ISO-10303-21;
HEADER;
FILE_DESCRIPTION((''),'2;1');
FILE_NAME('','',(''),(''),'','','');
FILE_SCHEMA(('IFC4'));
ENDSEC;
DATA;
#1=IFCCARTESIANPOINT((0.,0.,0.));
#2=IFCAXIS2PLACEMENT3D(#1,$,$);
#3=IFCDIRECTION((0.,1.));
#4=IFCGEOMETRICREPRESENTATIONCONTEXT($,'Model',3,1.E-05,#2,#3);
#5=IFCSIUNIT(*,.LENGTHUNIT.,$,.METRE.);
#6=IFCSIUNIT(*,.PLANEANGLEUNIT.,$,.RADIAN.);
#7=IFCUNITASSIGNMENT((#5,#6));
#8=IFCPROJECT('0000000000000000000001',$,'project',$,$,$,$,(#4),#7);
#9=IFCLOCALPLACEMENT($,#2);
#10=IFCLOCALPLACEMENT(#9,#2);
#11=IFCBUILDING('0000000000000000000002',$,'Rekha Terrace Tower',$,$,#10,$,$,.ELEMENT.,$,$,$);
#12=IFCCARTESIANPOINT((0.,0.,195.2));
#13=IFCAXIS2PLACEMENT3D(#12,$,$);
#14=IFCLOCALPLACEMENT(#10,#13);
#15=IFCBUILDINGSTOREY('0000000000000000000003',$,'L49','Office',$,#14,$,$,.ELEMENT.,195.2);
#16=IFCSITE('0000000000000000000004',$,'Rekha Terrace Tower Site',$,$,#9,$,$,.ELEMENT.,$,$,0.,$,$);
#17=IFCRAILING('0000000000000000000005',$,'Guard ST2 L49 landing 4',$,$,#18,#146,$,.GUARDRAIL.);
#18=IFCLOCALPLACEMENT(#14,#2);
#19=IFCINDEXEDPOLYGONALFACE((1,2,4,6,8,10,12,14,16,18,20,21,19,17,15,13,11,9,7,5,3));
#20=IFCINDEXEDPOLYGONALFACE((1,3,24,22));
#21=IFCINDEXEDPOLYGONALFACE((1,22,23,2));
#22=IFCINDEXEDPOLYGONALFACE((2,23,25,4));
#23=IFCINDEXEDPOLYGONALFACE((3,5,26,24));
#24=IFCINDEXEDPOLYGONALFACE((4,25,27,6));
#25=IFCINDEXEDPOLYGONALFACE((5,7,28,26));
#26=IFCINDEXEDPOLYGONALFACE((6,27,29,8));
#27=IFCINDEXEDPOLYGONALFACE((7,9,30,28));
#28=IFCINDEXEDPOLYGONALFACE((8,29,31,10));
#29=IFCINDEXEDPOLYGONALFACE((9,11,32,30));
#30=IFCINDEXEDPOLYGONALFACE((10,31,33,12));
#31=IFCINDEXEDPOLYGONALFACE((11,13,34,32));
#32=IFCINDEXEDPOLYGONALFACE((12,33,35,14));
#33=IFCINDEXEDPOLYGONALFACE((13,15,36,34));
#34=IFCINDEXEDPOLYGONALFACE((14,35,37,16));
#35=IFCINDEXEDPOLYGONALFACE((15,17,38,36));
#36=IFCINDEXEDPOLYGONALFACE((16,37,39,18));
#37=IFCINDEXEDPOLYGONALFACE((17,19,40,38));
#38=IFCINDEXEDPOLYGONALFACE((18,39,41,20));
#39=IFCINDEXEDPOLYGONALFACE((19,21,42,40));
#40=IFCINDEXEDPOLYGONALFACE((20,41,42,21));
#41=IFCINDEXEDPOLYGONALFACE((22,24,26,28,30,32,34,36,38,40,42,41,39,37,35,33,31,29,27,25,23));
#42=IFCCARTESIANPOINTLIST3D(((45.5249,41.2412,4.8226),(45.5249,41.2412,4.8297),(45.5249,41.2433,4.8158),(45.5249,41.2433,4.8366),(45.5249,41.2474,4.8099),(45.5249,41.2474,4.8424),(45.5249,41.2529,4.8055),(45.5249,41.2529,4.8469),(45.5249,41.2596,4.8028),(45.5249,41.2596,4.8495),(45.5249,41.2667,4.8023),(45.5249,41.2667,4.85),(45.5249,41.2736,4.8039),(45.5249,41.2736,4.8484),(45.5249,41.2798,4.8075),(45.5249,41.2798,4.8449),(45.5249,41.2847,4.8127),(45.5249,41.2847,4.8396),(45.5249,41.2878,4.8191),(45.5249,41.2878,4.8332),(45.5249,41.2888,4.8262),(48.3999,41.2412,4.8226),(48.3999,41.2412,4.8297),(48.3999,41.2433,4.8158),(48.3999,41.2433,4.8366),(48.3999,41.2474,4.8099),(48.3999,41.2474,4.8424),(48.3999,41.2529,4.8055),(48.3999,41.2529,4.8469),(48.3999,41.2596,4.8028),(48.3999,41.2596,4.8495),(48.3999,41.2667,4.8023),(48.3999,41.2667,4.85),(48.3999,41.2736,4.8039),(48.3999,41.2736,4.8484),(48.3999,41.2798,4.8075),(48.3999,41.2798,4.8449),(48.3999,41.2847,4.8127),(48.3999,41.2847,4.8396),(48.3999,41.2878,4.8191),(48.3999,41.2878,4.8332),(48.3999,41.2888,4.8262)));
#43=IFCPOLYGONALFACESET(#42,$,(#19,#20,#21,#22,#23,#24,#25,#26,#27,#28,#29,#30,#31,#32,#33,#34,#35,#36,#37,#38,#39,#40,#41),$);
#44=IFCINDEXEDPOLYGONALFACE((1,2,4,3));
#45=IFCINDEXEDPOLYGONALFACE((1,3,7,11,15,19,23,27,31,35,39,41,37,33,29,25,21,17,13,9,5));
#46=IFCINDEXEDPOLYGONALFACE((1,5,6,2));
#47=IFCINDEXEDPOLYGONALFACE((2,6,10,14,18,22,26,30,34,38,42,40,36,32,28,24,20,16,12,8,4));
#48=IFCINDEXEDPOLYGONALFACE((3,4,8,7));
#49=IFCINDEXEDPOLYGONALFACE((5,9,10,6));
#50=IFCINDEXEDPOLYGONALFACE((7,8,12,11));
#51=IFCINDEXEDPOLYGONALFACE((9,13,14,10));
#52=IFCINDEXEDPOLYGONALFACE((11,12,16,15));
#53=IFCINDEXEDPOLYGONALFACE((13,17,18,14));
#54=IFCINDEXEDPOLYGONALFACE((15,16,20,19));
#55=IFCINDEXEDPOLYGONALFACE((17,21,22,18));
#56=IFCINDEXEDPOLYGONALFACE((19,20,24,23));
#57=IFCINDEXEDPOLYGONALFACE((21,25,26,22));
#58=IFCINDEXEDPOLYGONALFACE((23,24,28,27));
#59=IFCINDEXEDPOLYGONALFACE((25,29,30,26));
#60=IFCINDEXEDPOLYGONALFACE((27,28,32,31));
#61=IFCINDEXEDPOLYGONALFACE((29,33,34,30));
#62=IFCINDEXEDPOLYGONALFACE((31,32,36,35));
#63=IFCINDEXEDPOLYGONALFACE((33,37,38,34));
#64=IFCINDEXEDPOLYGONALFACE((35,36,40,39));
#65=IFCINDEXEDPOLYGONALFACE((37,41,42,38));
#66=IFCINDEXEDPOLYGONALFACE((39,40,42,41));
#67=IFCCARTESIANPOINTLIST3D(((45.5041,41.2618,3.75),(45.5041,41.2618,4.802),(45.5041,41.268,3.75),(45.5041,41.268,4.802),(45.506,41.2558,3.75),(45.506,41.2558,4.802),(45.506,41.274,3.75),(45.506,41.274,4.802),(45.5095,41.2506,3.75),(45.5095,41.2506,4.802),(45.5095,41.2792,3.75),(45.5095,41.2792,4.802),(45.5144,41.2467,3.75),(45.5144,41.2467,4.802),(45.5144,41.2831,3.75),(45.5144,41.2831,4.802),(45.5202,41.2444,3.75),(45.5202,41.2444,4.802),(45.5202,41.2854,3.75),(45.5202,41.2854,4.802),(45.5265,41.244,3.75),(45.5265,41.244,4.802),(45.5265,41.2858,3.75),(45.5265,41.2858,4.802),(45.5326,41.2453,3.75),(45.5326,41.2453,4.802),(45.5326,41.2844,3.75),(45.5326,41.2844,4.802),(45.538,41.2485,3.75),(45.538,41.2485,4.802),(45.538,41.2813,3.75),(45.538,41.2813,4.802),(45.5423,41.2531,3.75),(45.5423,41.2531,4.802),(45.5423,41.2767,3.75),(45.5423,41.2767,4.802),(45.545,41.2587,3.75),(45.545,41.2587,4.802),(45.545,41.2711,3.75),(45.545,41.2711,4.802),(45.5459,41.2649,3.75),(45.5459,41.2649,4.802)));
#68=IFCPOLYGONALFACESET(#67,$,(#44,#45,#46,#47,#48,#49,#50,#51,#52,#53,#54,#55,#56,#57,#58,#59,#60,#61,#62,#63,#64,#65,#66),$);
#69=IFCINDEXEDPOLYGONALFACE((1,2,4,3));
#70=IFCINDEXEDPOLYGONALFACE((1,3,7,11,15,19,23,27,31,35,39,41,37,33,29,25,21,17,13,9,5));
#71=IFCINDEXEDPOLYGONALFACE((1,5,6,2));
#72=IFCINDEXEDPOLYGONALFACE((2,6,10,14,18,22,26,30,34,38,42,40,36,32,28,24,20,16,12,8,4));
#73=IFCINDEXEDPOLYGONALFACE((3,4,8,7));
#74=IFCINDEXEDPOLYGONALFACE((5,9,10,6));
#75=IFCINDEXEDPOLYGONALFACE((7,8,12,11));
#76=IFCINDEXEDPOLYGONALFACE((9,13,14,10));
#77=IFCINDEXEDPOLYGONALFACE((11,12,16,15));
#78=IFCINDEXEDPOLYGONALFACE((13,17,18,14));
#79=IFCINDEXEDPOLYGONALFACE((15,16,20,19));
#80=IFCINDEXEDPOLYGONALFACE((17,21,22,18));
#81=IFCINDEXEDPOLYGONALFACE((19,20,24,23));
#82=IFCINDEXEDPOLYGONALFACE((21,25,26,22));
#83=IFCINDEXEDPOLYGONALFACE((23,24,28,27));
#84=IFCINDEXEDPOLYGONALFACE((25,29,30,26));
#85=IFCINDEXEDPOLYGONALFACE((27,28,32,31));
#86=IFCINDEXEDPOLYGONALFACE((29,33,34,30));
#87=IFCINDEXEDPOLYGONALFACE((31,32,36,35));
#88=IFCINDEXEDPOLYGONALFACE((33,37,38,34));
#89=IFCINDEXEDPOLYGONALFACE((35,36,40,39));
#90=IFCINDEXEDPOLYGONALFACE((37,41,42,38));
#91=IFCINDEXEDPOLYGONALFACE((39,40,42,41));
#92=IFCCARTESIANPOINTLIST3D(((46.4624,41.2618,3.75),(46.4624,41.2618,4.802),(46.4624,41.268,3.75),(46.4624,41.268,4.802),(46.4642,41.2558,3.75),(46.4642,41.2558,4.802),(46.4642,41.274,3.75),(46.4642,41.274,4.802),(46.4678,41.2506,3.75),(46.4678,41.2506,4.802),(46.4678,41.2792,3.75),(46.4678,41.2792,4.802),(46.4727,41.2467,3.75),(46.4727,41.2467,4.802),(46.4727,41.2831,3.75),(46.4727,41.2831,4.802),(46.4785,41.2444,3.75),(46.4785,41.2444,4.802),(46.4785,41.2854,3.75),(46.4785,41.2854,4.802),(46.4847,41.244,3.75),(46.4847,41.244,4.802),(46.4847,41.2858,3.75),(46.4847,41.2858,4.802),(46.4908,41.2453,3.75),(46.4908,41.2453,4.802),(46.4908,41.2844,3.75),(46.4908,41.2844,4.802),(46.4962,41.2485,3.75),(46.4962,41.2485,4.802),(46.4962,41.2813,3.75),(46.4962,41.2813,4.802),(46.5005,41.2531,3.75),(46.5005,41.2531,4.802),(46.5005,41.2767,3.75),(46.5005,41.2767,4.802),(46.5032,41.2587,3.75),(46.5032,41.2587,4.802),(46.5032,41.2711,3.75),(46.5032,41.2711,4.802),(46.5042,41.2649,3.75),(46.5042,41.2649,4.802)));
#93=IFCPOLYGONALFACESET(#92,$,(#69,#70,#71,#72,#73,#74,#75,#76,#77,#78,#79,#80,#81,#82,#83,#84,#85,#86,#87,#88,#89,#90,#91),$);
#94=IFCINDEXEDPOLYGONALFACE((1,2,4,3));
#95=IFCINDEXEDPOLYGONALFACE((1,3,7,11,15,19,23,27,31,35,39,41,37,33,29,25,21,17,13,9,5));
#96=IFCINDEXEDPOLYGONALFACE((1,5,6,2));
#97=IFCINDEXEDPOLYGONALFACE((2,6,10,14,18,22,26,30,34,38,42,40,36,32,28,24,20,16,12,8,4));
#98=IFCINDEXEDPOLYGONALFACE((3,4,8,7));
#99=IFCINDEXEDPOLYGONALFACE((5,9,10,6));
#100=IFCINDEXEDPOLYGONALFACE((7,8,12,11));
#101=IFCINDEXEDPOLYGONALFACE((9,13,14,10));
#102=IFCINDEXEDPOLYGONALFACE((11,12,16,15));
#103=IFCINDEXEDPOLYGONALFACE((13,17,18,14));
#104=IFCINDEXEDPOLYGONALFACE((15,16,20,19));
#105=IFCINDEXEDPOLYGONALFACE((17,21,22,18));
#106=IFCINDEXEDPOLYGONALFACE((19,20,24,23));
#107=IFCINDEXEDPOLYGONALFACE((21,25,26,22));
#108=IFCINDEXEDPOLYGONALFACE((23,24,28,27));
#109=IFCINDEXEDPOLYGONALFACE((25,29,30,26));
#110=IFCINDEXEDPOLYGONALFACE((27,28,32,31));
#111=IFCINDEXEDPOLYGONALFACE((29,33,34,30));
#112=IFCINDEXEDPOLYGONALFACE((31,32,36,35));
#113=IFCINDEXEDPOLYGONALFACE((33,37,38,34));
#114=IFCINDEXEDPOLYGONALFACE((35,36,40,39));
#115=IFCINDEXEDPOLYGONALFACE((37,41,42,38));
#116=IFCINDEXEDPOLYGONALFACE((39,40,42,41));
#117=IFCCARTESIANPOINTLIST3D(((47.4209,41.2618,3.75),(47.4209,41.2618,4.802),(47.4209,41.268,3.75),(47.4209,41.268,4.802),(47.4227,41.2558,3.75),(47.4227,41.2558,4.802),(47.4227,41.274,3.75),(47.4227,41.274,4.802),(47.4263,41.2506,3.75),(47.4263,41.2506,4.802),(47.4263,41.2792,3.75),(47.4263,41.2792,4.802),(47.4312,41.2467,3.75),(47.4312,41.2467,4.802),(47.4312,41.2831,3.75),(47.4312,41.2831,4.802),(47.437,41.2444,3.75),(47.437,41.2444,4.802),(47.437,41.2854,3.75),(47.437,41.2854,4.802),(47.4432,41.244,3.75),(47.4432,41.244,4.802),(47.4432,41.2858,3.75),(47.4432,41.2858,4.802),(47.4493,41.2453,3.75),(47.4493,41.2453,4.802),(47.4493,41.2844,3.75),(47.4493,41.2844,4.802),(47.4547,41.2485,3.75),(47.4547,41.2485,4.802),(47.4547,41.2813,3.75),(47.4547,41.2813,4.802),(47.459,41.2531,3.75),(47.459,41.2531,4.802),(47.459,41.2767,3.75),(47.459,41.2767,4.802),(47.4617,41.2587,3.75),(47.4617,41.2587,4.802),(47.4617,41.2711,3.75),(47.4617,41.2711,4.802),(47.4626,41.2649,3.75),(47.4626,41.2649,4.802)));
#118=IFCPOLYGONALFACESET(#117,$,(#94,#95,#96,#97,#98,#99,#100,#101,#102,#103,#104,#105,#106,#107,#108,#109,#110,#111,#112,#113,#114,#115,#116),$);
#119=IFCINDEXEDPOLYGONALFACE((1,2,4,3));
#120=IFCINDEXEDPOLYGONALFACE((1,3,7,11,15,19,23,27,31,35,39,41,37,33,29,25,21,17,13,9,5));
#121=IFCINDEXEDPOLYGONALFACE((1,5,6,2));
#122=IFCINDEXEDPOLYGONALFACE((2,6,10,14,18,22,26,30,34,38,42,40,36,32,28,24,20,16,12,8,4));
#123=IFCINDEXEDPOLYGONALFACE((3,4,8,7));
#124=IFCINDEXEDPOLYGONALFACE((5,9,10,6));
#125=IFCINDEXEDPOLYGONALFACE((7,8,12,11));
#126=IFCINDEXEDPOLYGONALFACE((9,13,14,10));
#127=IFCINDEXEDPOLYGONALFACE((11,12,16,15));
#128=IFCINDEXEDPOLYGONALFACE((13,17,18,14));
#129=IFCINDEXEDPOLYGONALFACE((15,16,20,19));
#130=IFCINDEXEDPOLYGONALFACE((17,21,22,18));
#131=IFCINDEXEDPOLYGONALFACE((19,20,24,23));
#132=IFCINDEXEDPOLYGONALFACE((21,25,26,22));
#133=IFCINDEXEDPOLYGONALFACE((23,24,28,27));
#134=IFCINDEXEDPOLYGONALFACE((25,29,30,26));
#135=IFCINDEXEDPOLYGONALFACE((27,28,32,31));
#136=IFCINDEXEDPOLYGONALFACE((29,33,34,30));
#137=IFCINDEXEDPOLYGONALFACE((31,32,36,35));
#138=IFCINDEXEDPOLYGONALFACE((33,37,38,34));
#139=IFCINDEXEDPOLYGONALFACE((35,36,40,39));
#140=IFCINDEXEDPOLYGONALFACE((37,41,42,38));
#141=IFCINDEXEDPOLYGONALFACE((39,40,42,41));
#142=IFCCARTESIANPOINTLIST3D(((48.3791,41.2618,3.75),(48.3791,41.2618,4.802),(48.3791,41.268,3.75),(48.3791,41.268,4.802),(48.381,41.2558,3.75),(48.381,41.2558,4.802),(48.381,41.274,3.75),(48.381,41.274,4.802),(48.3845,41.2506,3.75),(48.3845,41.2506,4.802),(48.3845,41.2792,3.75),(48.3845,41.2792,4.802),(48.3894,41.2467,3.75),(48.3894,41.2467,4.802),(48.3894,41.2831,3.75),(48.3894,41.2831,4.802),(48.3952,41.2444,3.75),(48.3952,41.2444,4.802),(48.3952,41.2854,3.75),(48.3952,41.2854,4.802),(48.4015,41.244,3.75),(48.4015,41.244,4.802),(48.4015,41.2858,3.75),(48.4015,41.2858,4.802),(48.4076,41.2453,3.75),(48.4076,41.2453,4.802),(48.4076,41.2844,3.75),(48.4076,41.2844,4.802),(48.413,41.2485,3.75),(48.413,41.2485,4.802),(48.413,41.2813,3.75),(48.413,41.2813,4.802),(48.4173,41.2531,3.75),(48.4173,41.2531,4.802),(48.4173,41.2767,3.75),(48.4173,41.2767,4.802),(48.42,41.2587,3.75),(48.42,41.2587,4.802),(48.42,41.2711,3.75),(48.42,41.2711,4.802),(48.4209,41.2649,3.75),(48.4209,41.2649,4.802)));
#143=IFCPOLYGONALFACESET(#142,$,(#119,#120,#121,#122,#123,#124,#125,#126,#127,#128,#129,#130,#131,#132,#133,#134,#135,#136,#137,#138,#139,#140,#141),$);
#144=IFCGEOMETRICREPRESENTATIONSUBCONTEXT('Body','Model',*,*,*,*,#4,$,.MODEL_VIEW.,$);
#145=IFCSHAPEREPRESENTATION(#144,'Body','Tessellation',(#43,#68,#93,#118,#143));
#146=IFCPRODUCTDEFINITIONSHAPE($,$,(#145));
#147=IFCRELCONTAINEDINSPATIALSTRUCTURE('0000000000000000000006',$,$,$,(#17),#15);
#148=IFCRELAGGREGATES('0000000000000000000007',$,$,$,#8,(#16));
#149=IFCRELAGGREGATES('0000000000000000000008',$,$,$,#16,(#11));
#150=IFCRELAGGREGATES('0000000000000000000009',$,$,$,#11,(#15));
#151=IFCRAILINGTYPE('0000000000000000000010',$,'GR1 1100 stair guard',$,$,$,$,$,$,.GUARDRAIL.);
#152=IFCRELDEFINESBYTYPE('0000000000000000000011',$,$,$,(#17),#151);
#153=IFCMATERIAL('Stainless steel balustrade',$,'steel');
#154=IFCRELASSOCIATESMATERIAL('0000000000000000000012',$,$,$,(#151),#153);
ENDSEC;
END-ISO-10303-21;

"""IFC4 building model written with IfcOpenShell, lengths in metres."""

from ifc_helpers import new_model, si_unit, direction, frame, origin, origin_2d, place, context, subcontext, project, spatial, circle, extrude, material, type_object, element, save


model = new_model("IFC4")

# Units and contexts
model_context = context("Model", 3, precision=1e-05, world=origin(), true_north=direction((0.0, 1.0)))
body_context = subcontext(model_context, "Body", "Model", "MODEL_VIEW")
ifc_project = project(units=[si_unit("LENGTHUNIT", "METRE"), si_unit("PLANEANGLEUNIT", "RADIAN")], contexts=[model_context])

# Site, building, storey
site_placement = place(None, origin())
site = spatial("IfcSite", under=ifc_project, at=site_placement, Name="Rekha Terrace Tower Site", CompositionType="ELEMENT", RefElevation=0.0)
building_placement = place(site_placement, origin())
building = spatial("IfcBuilding", under=site, at=building_placement, Name="Rekha Terrace Tower", CompositionType="ELEMENT")
storey_placement = place(building_placement, frame((0.0, 0.0, 195.2)))
storey = spatial("IfcBuildingStorey", under=building, at=storey_placement, Name="L49", Description="Office", CompositionType="ELEMENT", Elevation=195.2)

# Railing
ifc_material_1 = material(Name="Stainless steel balustrade", Category="steel")
railing_type_1 = type_object("IfcRailingType", Name="GR1 1100 stair guard", PredefinedType="GUARDRAIL", material=ifc_material_1)
railing_1_placement = place(storey_placement, frame((45.5249, 41.2649, 3.75)))
element("IfcRailing", 1, at=railing_1_placement, inside=storey, type_object=railing_type_1, Name="Guard ST2 L49 landing 4", PredefinedType="GUARDRAIL", context=body_context, shape_type="SweptSolid", body=[
    extrude(circle(Radius=0.0239, at=origin_2d()), frame((0.0, 0.0, 1.0762), z_axis=(1.0, 0.0, 0.0), x_axis=(0.0, 1.0, 0.0)), (0.0, 0.0, 1.0), 2.875),
    extrude(circle(Radius=0.021, at=origin_2d()), origin(), (0.0, 0.0, 1.0), 1.052),
    extrude(circle(Radius=0.021, at=origin_2d()), frame((0.9583, 0.0, 0.0)), (0.0, 0.0, 1.0), 1.052),
    extrude(circle(Radius=0.021, at=origin_2d()), frame((1.9167, 0.0, 0.0)), (0.0, 0.0, 1.0), 1.052),
    extrude(circle(Radius=0.021, at=origin_2d()), frame((2.875, 0.0, 0.0)), (0.0, 0.0, 1.0), 1.052),
])

save(model, "model.ifc")
